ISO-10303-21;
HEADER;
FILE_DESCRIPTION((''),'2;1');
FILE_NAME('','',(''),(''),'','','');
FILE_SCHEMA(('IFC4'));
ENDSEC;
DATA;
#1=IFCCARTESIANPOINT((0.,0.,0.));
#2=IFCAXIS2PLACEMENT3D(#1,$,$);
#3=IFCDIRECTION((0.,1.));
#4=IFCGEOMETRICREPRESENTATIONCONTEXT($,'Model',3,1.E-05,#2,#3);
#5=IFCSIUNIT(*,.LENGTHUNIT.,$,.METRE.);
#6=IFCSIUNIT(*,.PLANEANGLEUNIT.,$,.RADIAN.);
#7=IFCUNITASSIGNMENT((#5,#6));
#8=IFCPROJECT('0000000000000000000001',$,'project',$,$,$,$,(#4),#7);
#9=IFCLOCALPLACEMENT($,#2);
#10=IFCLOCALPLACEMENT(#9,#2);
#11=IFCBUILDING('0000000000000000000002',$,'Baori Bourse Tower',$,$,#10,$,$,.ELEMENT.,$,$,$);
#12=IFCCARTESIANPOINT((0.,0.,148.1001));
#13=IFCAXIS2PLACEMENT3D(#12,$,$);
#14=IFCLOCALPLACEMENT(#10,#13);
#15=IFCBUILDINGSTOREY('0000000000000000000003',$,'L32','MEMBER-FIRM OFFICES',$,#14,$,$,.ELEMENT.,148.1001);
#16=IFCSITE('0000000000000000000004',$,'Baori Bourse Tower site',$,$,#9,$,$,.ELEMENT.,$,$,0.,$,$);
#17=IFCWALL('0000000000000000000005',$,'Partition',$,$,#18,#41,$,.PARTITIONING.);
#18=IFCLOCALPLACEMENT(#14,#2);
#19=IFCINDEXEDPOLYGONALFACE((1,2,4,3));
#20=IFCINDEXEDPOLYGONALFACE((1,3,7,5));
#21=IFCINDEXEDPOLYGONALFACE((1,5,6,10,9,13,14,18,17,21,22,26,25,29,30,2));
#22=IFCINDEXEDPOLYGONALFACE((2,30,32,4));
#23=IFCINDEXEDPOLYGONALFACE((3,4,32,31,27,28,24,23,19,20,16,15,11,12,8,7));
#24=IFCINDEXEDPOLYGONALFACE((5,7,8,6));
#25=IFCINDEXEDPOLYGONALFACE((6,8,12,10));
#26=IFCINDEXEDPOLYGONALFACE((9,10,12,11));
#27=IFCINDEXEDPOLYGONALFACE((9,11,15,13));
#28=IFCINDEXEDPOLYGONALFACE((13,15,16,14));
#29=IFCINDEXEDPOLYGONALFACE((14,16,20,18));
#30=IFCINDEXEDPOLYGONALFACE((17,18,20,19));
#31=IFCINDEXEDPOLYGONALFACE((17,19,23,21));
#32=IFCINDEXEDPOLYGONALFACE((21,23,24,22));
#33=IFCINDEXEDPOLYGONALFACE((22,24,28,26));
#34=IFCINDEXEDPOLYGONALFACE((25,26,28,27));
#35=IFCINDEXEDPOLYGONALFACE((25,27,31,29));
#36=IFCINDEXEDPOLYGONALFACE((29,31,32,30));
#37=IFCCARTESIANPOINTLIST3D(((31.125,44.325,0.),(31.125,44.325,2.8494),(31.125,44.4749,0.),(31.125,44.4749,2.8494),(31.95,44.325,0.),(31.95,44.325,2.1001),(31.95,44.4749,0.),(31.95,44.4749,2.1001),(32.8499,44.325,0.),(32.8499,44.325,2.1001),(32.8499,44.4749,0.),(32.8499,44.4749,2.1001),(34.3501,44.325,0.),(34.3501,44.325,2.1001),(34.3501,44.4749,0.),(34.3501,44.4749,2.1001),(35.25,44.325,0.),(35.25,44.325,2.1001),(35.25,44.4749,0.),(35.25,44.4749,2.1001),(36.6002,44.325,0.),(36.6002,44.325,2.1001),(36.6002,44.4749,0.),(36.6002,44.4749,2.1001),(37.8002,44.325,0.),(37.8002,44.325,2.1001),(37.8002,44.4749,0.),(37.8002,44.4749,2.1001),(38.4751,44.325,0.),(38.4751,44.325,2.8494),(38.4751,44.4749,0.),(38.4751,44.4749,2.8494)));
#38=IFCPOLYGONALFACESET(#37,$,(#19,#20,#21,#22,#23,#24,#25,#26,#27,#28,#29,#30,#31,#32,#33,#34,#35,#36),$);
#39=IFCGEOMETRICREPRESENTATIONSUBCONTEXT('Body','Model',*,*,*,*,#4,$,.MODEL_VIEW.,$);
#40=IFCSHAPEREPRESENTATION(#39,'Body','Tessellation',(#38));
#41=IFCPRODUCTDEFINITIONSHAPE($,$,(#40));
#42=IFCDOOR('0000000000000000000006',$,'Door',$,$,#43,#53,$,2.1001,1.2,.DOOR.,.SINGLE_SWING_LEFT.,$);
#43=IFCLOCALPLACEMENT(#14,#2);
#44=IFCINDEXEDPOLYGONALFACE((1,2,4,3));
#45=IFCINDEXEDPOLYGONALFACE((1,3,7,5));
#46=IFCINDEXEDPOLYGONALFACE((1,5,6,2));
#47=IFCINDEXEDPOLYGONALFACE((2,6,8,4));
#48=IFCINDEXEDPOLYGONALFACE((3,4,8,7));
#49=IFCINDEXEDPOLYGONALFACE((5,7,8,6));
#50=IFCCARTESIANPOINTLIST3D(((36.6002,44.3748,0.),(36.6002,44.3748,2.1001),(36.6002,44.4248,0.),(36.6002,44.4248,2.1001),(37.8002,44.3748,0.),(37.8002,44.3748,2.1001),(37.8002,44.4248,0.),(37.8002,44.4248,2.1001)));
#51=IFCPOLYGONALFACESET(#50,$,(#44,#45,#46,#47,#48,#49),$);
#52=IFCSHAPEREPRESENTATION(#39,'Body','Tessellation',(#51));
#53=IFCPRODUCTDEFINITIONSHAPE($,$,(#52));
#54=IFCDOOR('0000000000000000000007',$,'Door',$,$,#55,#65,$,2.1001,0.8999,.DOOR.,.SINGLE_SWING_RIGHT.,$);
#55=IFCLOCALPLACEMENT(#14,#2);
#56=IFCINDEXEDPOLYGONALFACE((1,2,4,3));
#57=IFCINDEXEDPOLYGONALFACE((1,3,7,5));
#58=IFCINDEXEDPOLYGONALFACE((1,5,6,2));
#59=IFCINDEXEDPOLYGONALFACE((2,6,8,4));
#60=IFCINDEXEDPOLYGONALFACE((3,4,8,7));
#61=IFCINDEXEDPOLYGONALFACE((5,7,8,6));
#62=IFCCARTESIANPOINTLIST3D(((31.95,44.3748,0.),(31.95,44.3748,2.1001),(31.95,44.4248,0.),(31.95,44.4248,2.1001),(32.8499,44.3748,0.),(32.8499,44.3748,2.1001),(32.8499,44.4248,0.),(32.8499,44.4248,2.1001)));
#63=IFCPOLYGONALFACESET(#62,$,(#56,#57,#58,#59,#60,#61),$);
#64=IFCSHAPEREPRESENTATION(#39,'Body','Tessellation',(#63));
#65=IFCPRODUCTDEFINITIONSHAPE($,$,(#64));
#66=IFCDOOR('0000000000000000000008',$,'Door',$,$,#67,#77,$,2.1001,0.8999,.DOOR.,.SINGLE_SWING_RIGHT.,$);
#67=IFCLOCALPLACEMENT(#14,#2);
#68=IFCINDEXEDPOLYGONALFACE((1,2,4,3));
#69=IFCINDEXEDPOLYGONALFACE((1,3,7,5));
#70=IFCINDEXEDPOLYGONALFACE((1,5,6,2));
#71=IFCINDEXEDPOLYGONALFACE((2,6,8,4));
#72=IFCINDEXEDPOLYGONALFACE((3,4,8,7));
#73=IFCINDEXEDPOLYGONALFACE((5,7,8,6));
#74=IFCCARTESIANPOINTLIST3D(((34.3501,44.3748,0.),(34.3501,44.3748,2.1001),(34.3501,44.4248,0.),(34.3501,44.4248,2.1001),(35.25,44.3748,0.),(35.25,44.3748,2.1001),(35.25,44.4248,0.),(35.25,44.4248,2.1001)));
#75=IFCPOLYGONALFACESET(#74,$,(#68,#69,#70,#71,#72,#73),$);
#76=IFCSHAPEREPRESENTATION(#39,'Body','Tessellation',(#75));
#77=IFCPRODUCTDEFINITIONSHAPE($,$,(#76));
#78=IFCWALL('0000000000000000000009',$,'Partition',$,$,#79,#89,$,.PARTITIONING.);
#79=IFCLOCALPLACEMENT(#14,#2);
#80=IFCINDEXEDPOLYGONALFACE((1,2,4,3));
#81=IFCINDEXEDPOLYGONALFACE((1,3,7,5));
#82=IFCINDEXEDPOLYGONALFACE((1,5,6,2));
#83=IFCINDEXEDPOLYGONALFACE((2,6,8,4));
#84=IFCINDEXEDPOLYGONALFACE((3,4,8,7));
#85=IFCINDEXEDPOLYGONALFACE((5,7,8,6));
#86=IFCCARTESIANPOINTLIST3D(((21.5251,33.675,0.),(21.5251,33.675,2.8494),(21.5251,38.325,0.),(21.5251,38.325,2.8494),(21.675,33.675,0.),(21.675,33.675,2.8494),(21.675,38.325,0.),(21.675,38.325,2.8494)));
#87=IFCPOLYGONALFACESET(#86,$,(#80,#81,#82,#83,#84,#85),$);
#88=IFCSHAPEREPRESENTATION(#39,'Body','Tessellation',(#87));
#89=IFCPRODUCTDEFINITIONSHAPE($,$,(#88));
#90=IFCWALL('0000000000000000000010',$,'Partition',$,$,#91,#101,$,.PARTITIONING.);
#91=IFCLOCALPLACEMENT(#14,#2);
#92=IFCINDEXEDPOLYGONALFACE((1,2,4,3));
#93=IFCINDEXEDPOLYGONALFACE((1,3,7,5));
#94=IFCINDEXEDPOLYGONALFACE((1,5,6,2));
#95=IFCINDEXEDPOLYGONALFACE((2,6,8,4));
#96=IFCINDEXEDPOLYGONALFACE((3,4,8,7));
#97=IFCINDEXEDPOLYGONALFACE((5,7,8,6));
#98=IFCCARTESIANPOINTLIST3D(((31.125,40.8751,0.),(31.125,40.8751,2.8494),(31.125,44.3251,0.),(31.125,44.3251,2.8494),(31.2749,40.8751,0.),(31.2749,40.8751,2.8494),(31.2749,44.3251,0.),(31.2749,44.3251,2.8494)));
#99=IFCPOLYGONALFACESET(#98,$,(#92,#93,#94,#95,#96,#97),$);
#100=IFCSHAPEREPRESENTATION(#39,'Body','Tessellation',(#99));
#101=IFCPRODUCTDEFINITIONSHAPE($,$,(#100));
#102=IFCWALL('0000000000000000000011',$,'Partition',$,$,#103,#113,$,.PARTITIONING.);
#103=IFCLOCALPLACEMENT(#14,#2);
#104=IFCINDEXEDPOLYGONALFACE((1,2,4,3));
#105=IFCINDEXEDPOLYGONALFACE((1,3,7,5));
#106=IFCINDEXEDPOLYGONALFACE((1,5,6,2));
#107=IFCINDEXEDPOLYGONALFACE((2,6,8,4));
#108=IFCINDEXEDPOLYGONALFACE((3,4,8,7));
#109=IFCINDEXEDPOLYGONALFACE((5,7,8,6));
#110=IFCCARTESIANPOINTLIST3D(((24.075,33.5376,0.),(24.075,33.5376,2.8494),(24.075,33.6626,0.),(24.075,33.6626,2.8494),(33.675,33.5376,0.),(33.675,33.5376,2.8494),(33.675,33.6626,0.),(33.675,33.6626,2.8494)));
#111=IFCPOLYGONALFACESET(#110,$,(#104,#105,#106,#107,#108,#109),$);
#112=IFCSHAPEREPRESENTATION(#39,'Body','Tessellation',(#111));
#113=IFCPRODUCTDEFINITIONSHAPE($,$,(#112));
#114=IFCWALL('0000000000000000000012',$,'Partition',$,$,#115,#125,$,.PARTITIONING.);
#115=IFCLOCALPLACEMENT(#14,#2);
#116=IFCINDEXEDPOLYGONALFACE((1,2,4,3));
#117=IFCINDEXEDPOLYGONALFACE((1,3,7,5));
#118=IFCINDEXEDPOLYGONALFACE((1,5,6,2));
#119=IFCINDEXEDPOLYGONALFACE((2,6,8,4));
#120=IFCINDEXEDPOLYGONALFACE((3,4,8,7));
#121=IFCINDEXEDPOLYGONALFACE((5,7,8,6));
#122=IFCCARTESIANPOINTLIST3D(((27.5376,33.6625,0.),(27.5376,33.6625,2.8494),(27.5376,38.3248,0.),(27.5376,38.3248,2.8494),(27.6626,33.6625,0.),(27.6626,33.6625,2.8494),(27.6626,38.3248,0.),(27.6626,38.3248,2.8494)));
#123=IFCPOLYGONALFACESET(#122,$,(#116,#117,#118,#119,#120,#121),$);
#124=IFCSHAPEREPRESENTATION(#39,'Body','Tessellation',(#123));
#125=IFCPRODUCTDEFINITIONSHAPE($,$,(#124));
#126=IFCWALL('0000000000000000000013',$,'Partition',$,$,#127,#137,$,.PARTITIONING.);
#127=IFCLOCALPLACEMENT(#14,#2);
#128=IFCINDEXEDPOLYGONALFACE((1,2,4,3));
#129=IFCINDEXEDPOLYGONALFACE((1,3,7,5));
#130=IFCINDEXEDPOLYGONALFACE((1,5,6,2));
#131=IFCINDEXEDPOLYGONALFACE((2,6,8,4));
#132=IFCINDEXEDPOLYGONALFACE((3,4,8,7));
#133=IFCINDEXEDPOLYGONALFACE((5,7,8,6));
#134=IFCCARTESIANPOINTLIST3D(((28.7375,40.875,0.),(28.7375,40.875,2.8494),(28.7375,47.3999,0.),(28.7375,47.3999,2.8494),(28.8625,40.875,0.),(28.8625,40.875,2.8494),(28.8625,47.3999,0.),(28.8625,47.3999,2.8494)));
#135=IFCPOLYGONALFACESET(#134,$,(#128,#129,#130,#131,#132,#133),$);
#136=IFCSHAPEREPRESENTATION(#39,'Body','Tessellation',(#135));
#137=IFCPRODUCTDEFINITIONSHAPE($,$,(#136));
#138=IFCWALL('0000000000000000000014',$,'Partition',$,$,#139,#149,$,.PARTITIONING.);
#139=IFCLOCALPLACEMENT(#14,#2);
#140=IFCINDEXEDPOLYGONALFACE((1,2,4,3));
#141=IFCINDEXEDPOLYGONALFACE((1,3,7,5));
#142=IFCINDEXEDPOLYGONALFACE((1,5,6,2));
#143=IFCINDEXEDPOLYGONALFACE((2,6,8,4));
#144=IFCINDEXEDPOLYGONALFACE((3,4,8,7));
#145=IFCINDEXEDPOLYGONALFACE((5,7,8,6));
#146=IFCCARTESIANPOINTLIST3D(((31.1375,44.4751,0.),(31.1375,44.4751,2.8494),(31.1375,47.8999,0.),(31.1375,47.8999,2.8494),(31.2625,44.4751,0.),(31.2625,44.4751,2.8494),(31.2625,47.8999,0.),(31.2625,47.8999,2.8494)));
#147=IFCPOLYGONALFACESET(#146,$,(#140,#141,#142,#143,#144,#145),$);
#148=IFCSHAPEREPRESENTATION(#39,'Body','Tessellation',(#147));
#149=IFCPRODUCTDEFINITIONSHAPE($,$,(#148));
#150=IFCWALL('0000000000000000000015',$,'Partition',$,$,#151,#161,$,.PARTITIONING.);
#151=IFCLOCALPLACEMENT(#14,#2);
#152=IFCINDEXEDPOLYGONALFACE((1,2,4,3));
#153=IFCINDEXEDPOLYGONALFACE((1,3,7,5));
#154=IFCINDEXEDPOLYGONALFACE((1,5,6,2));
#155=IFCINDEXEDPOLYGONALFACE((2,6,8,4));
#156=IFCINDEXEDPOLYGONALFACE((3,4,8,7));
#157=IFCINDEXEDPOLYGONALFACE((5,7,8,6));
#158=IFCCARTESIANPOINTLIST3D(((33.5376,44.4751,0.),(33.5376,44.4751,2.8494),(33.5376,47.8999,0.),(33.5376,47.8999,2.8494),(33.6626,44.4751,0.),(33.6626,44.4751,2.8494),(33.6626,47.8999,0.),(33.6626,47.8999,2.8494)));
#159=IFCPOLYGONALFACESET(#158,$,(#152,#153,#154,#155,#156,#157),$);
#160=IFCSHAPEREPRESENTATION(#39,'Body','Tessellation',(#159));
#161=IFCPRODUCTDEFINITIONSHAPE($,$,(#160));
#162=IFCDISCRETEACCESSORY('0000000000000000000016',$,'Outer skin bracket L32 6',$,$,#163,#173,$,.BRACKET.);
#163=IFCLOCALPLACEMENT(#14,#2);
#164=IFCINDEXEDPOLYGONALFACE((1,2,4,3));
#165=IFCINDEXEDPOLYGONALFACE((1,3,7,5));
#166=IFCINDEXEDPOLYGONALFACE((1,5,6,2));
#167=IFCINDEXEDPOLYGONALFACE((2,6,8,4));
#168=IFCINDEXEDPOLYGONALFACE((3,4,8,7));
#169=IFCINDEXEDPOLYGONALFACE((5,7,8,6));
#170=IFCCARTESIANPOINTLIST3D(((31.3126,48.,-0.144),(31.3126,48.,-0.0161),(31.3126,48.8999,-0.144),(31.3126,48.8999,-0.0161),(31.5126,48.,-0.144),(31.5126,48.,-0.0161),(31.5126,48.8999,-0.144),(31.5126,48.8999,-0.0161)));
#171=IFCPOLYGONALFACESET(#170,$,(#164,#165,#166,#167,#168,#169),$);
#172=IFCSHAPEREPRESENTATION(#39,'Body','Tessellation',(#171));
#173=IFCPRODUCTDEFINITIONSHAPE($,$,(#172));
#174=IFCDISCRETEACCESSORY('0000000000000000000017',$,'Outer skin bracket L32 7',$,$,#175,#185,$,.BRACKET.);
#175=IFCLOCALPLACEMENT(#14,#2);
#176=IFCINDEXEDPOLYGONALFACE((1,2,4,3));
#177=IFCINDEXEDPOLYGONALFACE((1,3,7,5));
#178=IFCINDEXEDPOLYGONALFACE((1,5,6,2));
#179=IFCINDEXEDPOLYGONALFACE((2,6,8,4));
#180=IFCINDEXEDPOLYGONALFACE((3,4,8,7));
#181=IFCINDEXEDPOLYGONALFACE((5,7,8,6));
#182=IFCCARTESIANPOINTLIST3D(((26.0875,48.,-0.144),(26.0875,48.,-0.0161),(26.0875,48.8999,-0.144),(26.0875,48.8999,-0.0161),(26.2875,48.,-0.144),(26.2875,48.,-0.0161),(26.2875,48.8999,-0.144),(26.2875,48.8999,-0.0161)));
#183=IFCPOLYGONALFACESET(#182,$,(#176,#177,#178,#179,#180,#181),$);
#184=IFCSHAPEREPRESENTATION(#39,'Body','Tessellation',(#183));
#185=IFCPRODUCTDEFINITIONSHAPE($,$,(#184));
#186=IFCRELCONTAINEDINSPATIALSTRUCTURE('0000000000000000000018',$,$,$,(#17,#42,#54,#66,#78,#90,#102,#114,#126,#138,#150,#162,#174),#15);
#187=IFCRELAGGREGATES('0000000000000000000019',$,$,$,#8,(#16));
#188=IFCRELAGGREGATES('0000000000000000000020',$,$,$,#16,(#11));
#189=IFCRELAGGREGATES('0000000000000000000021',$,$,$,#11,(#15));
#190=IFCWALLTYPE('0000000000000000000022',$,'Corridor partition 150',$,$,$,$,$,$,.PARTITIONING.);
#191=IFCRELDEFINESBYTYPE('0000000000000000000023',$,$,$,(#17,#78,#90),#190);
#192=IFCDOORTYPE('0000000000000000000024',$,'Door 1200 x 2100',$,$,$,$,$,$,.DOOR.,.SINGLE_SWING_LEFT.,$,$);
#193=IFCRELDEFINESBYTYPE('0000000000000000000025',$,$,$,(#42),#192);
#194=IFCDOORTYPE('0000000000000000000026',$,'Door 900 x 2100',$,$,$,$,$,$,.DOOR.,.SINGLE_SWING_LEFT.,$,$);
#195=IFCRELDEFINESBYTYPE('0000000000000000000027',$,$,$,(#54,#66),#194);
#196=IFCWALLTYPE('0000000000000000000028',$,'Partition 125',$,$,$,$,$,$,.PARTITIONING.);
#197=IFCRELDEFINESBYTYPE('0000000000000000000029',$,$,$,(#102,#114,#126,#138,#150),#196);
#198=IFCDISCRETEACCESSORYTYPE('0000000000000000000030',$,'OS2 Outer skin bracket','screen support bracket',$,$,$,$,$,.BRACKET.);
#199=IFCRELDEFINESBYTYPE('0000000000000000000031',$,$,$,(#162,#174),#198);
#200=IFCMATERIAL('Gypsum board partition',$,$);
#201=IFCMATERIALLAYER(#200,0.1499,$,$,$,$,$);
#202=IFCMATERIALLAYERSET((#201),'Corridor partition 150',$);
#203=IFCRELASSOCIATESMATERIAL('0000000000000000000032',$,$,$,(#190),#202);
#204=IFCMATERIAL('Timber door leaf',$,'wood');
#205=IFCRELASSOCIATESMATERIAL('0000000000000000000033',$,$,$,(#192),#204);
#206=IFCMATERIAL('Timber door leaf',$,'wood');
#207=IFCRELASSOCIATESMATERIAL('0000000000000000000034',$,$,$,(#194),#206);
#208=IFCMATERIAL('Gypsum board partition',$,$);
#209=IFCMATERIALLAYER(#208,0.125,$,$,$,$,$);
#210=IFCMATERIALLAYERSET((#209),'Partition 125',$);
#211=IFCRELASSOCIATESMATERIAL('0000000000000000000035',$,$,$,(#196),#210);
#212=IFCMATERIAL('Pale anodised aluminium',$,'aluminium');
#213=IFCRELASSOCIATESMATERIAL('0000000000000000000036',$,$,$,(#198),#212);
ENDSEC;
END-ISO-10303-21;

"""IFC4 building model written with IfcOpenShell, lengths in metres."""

from ifc_helpers import new_model, si_unit, direction, frame, frame_2d, origin, origin_2d, place, context, subcontext, project, spatial, rectangle, extrude, material, layer, layer_set, type_object, element, fill, save


model = new_model("IFC4")

# Units and contexts
model_context = context("Model", 3, precision=1e-05, world=origin(), true_north=direction((0.0, 1.0)))
body_context = subcontext(model_context, "Body", "Model", "MODEL_VIEW")
ifc_project = project(units=[si_unit("LENGTHUNIT", "METRE"), si_unit("PLANEANGLEUNIT", "RADIAN")], contexts=[model_context])

# Site, building, storey
site_placement = place(None, origin())
site = spatial("IfcSite", under=ifc_project, at=site_placement, Name="Baori Bourse Tower site", CompositionType="ELEMENT", RefElevation=0.0)
building_placement = place(site_placement, origin())
building = spatial("IfcBuilding", under=site, at=building_placement, Name="Baori Bourse Tower", CompositionType="ELEMENT")
storey_placement = place(building_placement, frame((0.0, 0.0, 148.1001)))
storey = spatial("IfcBuildingStorey", under=building, at=storey_placement, Name="L32", Description="MEMBER-FIRM OFFICES", CompositionType="ELEMENT", Elevation=148.1001)

# Wall, openings, doors
ifc_material_1 = material(Name="Gypsum board partition")
ifc_layer_1 = layer(ifc_material_1, 0.1499)
ifc_layer_set_1 = layer_set([ifc_layer_1], Name="Corridor partition 150")
wall_type_1 = type_object("IfcWallType", Name="Corridor partition 150", PredefinedType="PARTITIONING", material=ifc_layer_set_1)
wall_1_placement = place(storey_placement, frame((31.125, 44.3999, 0.0), z_axis=(0.0, 0.0, 1.0), x_axis=(1.0, 0.0, 0.0)))
wall_1 = element("IfcWall", 1, at=wall_1_placement, inside=storey, type_object=wall_type_1, Name="Partition", PredefinedType="PARTITIONING", context=body_context, shape_type="SweptSolid", body=[
    extrude(rectangle(XDim=7.3501, YDim=0.1499, at=frame_2d((3.675, 0.0))), origin(), (0.0, 0.0, 1.0), 2.8494),
])
opening_1_placement = place(wall_1_placement, frame((0.825, 0.0, 0.0)))
opening_1 = element("IfcOpeningElement", 2, at=opening_1_placement, cuts=wall_1, PredefinedType="OPENING", context=body_context, shape_type="SweptSolid", body=[
    extrude(rectangle(XDim=0.8999, YDim=2.1001, at=frame_2d((0.45, 1.05))), frame((0.0, 0.085, 0.0), z_axis=(0.0, -1.0, 0.0), x_axis=(1.0, 0.0, 0.0)), (0.0, 0.0, 1.0), 0.1699),
])
opening_2_placement = place(wall_1_placement, frame((3.2251, 0.0, 0.0)))
opening_2 = element("IfcOpeningElement", 3, at=opening_2_placement, cuts=wall_1, PredefinedType="OPENING", context=body_context, shape_type="SweptSolid", body=[
    extrude(rectangle(XDim=0.8999, YDim=2.1001, at=frame_2d((0.45, 1.05))), frame((0.0, 0.085, 0.0), z_axis=(0.0, -1.0, 0.0), x_axis=(1.0, 0.0, 0.0)), (0.0, 0.0, 1.0), 0.1699),
])
opening_3_placement = place(wall_1_placement, frame((5.4751, 0.0, 0.0)))
opening_3 = element("IfcOpeningElement", 4, at=opening_3_placement, cuts=wall_1, PredefinedType="OPENING", context=body_context, shape_type="SweptSolid", body=[
    extrude(rectangle(XDim=1.2, YDim=2.1001, at=frame_2d((0.6001, 1.05))), frame((0.0, 0.085, 0.0), z_axis=(0.0, -1.0, 0.0), x_axis=(1.0, 0.0, 0.0)), (0.0, 0.0, 1.0), 0.1699),
])
ifc_material_2 = material(Name="Timber door leaf", Category="wood")
door_type_1 = type_object("IfcDoorType", Name="Door 1200 x 2100", OperationType="SINGLE_SWING_LEFT", PredefinedType="DOOR", material=ifc_material_2)
door_1_placement = place(opening_3_placement, origin())
door_1 = element("IfcDoor", 5, at=door_1_placement, inside=storey, type_object=door_type_1, Name="Door", OperationType="SINGLE_SWING_LEFT", OverallHeight=2.1001, OverallWidth=1.2, PredefinedType="DOOR", context=body_context, shape_type="SweptSolid", body=[
    extrude(rectangle(XDim=1.2, YDim=2.1001, at=frame_2d((0.6001, 1.05))), frame((0.0, 0.0249, 0.0), z_axis=(0.0, -1.0, 0.0), x_axis=(1.0, 0.0, 0.0)), (0.0, 0.0, 1.0), 0.05),
])
fill(opening_3, door_1)
ifc_material_3 = material(Name="Timber door leaf", Category="wood")
door_type_2 = type_object("IfcDoorType", Name="Door 900 x 2100", OperationType="SINGLE_SWING_LEFT", PredefinedType="DOOR", material=ifc_material_3)
door_2_placement = place(opening_1_placement, origin())
door_2 = element("IfcDoor", 6, at=door_2_placement, inside=storey, type_object=door_type_2, Name="Door", OperationType="SINGLE_SWING_RIGHT", OverallHeight=2.1001, OverallWidth=0.8999, PredefinedType="DOOR", context=body_context, shape_type="SweptSolid", body=[
    extrude(rectangle(XDim=0.8999, YDim=2.1001, at=frame_2d((0.45, 1.05))), frame((0.0, 0.0249, 0.0), z_axis=(0.0, -1.0, 0.0), x_axis=(1.0, 0.0, 0.0)), (0.0, 0.0, 1.0), 0.05),
])
fill(opening_1, door_2)
door_3_placement = place(opening_2_placement, origin())
door_3 = element("IfcDoor", 7, at=door_3_placement, inside=storey, type_object=door_type_2, Name="Door", OperationType="SINGLE_SWING_RIGHT", OverallHeight=2.1001, OverallWidth=0.8999, PredefinedType="DOOR", context=body_context, shape_type="SweptSolid", body=[
    extrude(rectangle(XDim=0.8999, YDim=2.1001, at=frame_2d((0.45, 1.05))), frame((0.0, 0.0249, 0.0), z_axis=(0.0, -1.0, 0.0), x_axis=(1.0, 0.0, 0.0)), (0.0, 0.0, 1.0), 0.05),
])
fill(opening_2, door_3)

# Walls
wall_2_placement = place(storey_placement, frame((21.6001, 33.675, 0.0), z_axis=(0.0, 0.0, 1.0), x_axis=(0.0, 1.0, 0.0)))
element("IfcWall", 8, at=wall_2_placement, inside=storey, type_object=wall_type_1, Name="Partition", PredefinedType="PARTITIONING", context=body_context, shape_type="SweptSolid", body=[
    extrude(rectangle(XDim=4.6499, YDim=0.1499, at=frame_2d((2.325, 0.0))), origin(), (0.0, 0.0, 1.0), 2.8494),
])
wall_3_placement = place(storey_placement, frame((31.2, 40.875, 0.0), z_axis=(0.0, 0.0, 1.0), x_axis=(0.0, 1.0, 0.0)))
element("IfcWall", 9, at=wall_3_placement, inside=storey, type_object=wall_type_1, Name="Partition", PredefinedType="PARTITIONING", context=body_context, shape_type="SweptSolid", body=[
    extrude(rectangle(XDim=3.45, YDim=0.1499, at=frame_2d((1.7251, 0.0))), origin(), (0.0, 0.0, 1.0), 2.8494),
])
ifc_material_4 = material(Name="Gypsum board partition")
ifc_layer_2 = layer(ifc_material_4, 0.125)
ifc_layer_set_2 = layer_set([ifc_layer_2], Name="Partition 125")
wall_type_2 = type_object("IfcWallType", Name="Partition 125", PredefinedType="PARTITIONING", material=ifc_layer_set_2)
wall_4_placement = place(storey_placement, frame((24.075, 33.6001, 0.0), z_axis=(0.0, 0.0, 1.0), x_axis=(1.0, 0.0, 0.0)))
element("IfcWall", 10, at=wall_4_placement, inside=storey, type_object=wall_type_2, Name="Partition", PredefinedType="PARTITIONING", context=body_context, shape_type="SweptSolid", body=[
    extrude(rectangle(XDim=9.6001, YDim=0.125, at=frame_2d((4.8, 0.0))), origin(), (0.0, 0.0, 1.0), 2.8494),
])
wall_5_placement = place(storey_placement, frame((27.6001, 33.6626, 0.0), z_axis=(0.0, 0.0, 1.0), x_axis=(0.0, 1.0, 0.0)))
element("IfcWall", 11, at=wall_5_placement, inside=storey, type_object=wall_type_2, Name="Partition", PredefinedType="PARTITIONING", context=body_context, shape_type="SweptSolid", body=[
    extrude(rectangle(XDim=4.6624, YDim=0.125, at=frame_2d((2.3311, 0.0))), origin(), (0.0, 0.0, 1.0), 2.8494),
])
wall_6_placement = place(storey_placement, frame((28.8, 40.875, 0.0), z_axis=(0.0, 0.0, 1.0), x_axis=(0.0, 1.0, 0.0)))
element("IfcWall", 12, at=wall_6_placement, inside=storey, type_object=wall_type_2, Name="Partition", PredefinedType="PARTITIONING", context=body_context, shape_type="SweptSolid", body=[
    extrude(rectangle(XDim=6.5249, YDim=0.125, at=frame_2d((3.2625, 0.0))), origin(), (0.0, 0.0, 1.0), 2.8494),
])
for number, where, z_axis, x_axis, name in (
    (13, (31.2, 44.4751, 0.0), (0.0, 0.0, 1.0), (0.0, 1.0, 0.0), "Partition"),
    (14, (33.6001, 44.4751, 0.0), (0.0, 0.0, 1.0), (0.0, 1.0, 0.0), "Partition"),
):
    element("IfcWall", number, at=place(storey_placement, frame(where, z_axis=z_axis, x_axis=x_axis)), inside=storey, type_object=wall_type_2, Name=name, PredefinedType="PARTITIONING", context=body_context, shape_type="SweptSolid", body=[
        extrude(rectangle(XDim=3.4248, YDim=0.125, at=frame_2d((1.7124, 0.0))), origin(), (0.0, 0.0, 1.0), 2.8494),
    ])

# Discrete accessories
ifc_material_5 = material(Name="Pale anodised aluminium", Category="aluminium")
discrete_accessory_type = type_object("IfcDiscreteAccessoryType", Name="OS2 Outer skin bracket", Description="screen support bracket", PredefinedType="BRACKET", material=ifc_material_5)
for number, where, z_axis, x_axis, name in (
    (15, (31.4126, 48.45, -0.144), (0.0, 0.0, 1.0), (-1.0, 0.0, 0.0), "Outer skin bracket L32 6"),
    (16, (26.1875, 48.45, -0.144), (0.0, 0.0, 1.0), (-1.0, 0.0, 0.0), "Outer skin bracket L32 7"),
):
    element("IfcDiscreteAccessory", number, at=place(storey_placement, frame(where, z_axis=z_axis, x_axis=x_axis)), inside=storey, type_object=discrete_accessory_type, Name=name, PredefinedType="BRACKET", context=body_context, shape_type="SweptSolid", body=[
        extrude(rectangle(XDim=0.2, YDim=0.8999, at=origin_2d()), origin(), (0.0, 0.0, 1.0), 0.1279),
    ])

save(model, "model.ifc")
